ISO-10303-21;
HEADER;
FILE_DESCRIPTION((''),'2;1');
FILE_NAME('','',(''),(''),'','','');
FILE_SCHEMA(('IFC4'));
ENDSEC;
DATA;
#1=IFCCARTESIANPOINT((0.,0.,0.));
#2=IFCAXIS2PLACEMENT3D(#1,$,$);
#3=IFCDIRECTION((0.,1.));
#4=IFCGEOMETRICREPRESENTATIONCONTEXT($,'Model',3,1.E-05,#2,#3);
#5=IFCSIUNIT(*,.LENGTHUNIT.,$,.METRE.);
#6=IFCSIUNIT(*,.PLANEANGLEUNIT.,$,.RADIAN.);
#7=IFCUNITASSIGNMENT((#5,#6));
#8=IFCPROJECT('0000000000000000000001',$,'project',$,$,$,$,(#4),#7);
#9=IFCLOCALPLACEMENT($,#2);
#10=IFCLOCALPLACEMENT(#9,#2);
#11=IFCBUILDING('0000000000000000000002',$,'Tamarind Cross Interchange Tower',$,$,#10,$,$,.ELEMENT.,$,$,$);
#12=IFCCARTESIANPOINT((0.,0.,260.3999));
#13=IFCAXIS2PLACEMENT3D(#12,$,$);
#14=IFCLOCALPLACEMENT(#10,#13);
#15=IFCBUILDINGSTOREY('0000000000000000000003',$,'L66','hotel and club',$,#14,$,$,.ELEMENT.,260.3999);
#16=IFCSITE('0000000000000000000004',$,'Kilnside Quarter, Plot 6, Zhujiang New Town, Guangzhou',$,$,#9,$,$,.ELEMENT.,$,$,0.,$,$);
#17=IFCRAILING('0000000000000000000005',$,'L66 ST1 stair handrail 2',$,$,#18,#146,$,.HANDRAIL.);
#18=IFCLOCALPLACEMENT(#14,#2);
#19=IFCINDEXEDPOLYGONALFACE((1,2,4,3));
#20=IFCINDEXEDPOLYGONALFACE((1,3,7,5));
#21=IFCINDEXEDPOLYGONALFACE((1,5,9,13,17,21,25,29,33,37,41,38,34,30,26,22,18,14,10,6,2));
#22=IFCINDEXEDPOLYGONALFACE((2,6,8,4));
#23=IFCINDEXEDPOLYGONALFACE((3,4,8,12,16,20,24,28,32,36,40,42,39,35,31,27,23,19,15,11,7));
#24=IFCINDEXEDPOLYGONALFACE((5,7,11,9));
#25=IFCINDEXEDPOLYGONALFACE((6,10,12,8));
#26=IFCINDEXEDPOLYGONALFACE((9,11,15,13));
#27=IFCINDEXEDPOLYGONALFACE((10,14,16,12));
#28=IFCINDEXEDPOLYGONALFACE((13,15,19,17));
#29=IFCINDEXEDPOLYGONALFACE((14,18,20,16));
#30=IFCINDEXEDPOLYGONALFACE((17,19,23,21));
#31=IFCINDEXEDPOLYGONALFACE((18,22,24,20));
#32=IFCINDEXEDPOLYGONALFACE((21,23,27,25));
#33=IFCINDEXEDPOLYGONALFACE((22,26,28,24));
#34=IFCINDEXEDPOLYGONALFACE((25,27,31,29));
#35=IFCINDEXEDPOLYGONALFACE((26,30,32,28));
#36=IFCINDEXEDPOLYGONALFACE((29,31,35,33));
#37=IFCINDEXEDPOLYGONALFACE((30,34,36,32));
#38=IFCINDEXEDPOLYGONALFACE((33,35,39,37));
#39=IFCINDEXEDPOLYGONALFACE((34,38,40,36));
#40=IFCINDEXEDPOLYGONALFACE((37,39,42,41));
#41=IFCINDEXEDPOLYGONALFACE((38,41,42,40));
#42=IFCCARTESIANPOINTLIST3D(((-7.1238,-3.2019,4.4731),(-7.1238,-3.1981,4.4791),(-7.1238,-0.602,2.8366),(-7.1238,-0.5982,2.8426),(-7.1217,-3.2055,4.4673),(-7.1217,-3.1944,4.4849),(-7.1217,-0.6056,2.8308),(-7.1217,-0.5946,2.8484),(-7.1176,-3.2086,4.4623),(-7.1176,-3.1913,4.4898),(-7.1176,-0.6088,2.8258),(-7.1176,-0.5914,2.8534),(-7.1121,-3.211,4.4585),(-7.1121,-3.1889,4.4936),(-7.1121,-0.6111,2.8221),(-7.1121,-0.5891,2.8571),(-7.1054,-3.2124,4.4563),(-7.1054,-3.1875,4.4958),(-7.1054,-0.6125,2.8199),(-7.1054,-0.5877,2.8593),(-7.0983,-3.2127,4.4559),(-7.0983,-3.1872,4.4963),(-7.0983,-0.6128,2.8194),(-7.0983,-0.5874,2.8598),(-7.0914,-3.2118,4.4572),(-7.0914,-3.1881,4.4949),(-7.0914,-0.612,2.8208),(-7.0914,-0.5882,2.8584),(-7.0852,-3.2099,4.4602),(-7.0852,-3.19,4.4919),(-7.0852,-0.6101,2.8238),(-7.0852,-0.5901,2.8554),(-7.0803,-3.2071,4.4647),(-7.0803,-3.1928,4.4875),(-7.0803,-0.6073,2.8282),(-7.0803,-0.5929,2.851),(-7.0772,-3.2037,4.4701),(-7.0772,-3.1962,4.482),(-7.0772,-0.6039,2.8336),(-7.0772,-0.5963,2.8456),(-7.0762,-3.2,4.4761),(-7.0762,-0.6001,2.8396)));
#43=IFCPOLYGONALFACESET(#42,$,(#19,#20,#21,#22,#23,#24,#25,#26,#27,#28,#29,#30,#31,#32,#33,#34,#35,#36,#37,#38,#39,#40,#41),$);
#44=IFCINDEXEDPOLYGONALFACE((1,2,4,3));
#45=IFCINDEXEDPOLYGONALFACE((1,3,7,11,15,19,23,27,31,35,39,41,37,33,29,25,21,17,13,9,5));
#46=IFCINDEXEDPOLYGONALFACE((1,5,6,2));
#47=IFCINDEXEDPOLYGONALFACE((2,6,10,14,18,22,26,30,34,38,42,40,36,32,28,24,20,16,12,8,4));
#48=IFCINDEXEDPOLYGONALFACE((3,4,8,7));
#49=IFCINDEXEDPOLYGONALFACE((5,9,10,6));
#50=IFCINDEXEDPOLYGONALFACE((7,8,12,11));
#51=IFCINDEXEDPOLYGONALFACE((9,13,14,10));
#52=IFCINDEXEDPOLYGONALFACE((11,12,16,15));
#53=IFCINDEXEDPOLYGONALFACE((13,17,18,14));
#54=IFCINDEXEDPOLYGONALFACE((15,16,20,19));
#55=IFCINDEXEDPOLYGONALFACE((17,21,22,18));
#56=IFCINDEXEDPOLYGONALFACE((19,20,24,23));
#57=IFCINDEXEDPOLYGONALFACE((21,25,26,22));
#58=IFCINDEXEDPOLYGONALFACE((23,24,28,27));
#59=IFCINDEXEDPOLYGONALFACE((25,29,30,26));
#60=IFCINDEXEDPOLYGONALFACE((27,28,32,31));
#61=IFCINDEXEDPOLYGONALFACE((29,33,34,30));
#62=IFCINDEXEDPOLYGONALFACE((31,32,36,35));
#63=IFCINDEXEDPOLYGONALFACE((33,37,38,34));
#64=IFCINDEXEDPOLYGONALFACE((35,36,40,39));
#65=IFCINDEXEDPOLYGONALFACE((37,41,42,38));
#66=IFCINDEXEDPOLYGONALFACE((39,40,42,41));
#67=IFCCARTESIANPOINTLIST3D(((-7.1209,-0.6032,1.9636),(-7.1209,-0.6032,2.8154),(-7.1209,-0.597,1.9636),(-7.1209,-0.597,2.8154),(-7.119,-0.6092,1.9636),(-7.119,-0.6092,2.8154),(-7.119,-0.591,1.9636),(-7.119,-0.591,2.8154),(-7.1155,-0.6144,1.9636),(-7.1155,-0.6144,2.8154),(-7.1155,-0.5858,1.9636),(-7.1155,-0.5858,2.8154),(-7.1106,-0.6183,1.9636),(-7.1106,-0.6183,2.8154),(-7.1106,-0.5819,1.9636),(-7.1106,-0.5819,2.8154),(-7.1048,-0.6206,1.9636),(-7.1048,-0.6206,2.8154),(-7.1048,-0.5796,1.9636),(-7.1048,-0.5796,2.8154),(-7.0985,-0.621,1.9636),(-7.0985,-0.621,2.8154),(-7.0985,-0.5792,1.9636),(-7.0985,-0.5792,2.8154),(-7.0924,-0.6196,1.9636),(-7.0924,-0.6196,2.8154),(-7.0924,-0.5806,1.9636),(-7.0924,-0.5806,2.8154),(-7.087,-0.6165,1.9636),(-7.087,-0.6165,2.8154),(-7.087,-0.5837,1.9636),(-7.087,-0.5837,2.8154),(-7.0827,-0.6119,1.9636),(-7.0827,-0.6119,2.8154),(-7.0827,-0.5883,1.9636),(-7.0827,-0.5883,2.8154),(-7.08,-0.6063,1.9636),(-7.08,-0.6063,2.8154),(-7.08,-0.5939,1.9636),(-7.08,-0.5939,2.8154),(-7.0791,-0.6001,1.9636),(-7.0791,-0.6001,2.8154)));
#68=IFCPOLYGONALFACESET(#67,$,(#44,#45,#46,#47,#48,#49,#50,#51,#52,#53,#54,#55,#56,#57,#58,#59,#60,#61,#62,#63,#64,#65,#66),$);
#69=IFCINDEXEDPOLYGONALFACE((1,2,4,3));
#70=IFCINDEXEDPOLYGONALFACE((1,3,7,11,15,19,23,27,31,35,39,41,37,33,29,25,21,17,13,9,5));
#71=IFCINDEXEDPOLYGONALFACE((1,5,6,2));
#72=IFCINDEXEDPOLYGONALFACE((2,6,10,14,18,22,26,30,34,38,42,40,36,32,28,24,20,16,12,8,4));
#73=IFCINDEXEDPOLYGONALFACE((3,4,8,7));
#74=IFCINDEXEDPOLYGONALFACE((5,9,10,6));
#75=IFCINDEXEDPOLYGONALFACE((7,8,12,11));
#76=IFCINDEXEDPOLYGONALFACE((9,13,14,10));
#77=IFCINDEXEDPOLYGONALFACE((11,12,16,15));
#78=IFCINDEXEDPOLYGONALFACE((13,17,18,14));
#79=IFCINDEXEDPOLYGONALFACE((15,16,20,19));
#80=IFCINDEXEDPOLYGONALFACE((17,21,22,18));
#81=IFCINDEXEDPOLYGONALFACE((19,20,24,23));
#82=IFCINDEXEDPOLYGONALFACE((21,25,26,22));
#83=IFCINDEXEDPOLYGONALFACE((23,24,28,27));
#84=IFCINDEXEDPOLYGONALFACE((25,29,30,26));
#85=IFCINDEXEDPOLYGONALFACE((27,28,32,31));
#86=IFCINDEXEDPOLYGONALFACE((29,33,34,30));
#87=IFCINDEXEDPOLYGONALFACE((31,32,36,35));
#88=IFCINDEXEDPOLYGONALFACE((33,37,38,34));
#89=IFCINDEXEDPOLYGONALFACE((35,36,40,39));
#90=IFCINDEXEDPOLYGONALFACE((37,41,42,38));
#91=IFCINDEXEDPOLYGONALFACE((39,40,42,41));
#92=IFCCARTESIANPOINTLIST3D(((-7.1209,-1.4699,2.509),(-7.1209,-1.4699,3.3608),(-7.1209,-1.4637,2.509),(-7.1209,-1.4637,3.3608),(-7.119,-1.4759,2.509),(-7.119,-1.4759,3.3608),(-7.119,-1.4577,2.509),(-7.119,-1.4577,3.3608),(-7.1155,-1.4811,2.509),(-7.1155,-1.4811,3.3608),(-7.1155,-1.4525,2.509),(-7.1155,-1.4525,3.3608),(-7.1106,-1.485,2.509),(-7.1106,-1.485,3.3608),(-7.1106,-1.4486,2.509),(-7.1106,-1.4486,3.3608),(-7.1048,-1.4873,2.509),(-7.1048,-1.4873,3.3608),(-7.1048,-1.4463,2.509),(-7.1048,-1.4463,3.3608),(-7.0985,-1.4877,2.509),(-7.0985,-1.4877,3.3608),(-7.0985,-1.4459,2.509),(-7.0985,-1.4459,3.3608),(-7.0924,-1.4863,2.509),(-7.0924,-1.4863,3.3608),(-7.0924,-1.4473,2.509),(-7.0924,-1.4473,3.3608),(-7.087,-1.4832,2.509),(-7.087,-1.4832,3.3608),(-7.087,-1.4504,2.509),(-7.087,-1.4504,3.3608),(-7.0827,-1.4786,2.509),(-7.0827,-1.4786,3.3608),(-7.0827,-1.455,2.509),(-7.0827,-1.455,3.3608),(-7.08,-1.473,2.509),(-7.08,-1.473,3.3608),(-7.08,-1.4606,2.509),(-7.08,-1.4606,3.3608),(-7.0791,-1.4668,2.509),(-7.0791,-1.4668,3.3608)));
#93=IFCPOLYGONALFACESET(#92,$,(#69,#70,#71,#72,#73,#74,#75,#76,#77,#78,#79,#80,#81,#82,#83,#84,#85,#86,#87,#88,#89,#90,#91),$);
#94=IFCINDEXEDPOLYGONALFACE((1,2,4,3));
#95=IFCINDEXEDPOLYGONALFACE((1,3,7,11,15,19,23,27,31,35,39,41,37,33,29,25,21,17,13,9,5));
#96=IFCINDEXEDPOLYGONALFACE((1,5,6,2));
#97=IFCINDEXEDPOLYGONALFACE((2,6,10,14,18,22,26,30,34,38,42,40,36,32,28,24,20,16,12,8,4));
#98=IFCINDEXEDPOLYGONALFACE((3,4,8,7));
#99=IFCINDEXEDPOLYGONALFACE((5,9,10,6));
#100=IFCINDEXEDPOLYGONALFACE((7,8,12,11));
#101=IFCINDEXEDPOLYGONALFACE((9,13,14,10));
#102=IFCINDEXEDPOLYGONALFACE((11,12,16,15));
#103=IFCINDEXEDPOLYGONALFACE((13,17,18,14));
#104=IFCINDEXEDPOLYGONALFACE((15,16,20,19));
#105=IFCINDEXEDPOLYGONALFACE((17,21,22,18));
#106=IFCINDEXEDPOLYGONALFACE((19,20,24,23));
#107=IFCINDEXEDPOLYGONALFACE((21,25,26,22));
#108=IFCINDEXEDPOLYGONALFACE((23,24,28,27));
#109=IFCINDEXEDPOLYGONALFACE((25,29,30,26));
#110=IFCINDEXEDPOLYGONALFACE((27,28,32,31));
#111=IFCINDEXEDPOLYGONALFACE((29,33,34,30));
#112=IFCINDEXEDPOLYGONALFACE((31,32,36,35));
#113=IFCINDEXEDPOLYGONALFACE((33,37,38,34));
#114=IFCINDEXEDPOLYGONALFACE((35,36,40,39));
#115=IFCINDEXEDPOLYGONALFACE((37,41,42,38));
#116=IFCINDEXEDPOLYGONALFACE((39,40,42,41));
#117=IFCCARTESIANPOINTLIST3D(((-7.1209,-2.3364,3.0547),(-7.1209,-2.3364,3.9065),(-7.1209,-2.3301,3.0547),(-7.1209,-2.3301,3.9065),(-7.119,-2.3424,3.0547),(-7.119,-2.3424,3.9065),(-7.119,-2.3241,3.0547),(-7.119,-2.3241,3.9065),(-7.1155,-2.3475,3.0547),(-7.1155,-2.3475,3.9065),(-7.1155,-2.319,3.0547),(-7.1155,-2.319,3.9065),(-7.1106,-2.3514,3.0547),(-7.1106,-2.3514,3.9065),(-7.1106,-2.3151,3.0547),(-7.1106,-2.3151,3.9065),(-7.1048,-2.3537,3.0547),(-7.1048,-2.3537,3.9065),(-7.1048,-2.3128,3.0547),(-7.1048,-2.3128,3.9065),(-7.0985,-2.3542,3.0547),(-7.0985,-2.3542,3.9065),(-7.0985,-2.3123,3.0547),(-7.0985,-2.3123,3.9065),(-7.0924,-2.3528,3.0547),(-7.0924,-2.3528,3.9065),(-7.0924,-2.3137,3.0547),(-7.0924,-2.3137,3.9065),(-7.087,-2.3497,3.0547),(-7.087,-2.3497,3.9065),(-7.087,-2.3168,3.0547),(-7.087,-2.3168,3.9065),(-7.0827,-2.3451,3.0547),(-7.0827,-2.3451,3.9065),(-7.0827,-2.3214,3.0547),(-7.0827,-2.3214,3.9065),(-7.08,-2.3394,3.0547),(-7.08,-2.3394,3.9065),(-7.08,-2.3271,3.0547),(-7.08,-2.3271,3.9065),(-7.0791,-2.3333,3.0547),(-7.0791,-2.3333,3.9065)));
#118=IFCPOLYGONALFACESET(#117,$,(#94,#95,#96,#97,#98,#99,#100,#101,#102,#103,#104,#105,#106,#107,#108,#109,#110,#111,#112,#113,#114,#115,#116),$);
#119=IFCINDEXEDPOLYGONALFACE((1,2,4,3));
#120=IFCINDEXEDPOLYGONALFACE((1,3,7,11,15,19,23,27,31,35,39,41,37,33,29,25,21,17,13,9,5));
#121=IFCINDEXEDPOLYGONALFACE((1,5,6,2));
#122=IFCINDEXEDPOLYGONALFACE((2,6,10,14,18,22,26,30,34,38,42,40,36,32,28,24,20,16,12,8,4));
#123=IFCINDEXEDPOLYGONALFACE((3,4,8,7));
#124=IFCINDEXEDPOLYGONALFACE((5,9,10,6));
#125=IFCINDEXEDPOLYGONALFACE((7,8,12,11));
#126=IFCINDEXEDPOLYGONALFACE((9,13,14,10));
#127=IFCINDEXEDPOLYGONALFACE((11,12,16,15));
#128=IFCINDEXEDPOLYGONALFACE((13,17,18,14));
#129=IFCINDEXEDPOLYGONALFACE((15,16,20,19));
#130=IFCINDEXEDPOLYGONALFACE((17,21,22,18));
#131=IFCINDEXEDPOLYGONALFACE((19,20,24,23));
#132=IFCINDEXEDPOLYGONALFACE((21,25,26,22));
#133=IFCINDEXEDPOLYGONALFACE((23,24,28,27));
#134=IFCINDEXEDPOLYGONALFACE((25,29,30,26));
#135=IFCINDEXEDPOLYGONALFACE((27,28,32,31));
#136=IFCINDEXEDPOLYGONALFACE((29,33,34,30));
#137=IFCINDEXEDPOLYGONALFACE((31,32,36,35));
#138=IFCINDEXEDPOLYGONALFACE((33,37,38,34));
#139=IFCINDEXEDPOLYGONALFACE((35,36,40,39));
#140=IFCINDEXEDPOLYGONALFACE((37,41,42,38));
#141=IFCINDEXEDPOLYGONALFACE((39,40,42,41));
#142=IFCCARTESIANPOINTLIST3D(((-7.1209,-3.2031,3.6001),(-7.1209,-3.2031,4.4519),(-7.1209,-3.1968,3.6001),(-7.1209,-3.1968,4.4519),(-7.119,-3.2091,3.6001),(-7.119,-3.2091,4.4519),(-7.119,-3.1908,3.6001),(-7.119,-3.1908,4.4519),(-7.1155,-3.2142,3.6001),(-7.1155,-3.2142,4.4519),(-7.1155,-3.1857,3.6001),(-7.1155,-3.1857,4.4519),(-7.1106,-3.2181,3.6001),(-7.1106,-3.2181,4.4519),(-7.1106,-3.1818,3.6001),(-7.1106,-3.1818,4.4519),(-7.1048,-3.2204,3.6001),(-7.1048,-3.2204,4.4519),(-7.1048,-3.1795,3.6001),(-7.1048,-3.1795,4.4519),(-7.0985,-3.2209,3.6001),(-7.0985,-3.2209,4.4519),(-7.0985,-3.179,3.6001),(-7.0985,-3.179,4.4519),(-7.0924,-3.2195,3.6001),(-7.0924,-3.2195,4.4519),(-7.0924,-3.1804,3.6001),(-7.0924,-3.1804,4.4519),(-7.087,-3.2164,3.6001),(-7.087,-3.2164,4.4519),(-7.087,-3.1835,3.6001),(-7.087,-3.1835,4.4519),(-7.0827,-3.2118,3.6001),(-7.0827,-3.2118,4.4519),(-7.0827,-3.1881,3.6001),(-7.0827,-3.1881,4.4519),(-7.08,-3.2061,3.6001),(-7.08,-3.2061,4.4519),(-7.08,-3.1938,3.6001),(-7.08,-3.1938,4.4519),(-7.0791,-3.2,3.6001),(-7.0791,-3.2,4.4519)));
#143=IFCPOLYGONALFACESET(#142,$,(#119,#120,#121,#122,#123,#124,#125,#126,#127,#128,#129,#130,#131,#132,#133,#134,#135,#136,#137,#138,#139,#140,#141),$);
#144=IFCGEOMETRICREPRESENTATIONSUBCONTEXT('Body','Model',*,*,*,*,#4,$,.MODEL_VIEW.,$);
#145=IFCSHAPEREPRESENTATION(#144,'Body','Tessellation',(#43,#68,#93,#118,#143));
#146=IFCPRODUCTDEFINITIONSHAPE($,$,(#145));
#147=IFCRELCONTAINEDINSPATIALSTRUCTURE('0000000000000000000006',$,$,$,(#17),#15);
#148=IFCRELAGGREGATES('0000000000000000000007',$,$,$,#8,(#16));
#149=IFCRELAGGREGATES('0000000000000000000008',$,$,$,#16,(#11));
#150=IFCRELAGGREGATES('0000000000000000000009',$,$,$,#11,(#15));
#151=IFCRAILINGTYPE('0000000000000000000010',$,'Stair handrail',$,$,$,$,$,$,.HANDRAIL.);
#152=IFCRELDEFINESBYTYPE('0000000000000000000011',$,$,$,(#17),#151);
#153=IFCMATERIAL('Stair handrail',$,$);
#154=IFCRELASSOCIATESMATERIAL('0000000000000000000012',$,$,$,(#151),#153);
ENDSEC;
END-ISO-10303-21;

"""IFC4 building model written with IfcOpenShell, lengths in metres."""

from ifc_helpers import new_model, si_unit, direction, frame, origin, origin_2d, place, context, subcontext, project, spatial, circle, extrude, material, type_object, element, save


model = new_model("IFC4")

# Units and contexts
model_context = context("Model", 3, precision=1e-05, world=origin(), true_north=direction((0.0, 1.0)))
body_context = subcontext(model_context, "Body", "Model", "MODEL_VIEW")
ifc_project = project(units=[si_unit("LENGTHUNIT", "METRE"), si_unit("PLANEANGLEUNIT", "RADIAN")], contexts=[model_context])

# Site, building, storey
site_placement = place(None, origin())
site = spatial("IfcSite", under=ifc_project, at=site_placement, Name="Kilnside Quarter, Plot 6, Zhujiang New Town, Guangzhou", CompositionType="ELEMENT", RefElevation=0.0)
building_placement = place(site_placement, origin())
building = spatial("IfcBuilding", under=site, at=building_placement, Name="Tamarind Cross Interchange Tower", CompositionType="ELEMENT")
storey_placement = place(building_placement, frame((0.0, 0.0, 260.3999)))
storey = spatial("IfcBuildingStorey", under=building, at=storey_placement, Name="L66", Description="hotel and club", CompositionType="ELEMENT", Elevation=260.3999)

# Railing
ifc_material_1 = material(Name="Stair handrail")
railing_type = type_object("IfcRailingType", Name="Stair handrail", PredefinedType="HANDRAIL", material=ifc_material_1)
railing_placement = place(storey_placement, frame((-7.1001, -0.6001, 1.9636)))
element("IfcRailing", 1, at=railing_placement, inside=storey, type_object=railing_type, Name="L66 ST1 stair handrail 2", PredefinedType="HANDRAIL", context=body_context, shape_type="SweptSolid", body=[
    extrude(circle(Radius=0.0239, at=origin_2d()), frame((0.0, 0.0, 0.876), z_axis=(0.0, -0.846302, 0.532704), x_axis=(1.0, 0.0, 0.0)), (0.0, 0.0, 1.0), 3.072),
    extrude(circle(Radius=0.021, at=origin_2d()), origin(), (0.0, 0.0, 1.0), 0.8518),
    extrude(circle(Radius=0.021, at=origin_2d()), frame((0.0, -0.8667, 0.5454)), (0.0, 0.0, 1.0), 0.8518),
    extrude(circle(Radius=0.021, at=origin_2d()), frame((0.0, -1.7332, 1.0911)), (0.0, 0.0, 1.0), 0.8518),
    extrude(circle(Radius=0.021, at=origin_2d()), frame((0.0, -2.5999, 1.6365)), (0.0, 0.0, 1.0), 0.8518),
])

save(model, "model.ifc")
